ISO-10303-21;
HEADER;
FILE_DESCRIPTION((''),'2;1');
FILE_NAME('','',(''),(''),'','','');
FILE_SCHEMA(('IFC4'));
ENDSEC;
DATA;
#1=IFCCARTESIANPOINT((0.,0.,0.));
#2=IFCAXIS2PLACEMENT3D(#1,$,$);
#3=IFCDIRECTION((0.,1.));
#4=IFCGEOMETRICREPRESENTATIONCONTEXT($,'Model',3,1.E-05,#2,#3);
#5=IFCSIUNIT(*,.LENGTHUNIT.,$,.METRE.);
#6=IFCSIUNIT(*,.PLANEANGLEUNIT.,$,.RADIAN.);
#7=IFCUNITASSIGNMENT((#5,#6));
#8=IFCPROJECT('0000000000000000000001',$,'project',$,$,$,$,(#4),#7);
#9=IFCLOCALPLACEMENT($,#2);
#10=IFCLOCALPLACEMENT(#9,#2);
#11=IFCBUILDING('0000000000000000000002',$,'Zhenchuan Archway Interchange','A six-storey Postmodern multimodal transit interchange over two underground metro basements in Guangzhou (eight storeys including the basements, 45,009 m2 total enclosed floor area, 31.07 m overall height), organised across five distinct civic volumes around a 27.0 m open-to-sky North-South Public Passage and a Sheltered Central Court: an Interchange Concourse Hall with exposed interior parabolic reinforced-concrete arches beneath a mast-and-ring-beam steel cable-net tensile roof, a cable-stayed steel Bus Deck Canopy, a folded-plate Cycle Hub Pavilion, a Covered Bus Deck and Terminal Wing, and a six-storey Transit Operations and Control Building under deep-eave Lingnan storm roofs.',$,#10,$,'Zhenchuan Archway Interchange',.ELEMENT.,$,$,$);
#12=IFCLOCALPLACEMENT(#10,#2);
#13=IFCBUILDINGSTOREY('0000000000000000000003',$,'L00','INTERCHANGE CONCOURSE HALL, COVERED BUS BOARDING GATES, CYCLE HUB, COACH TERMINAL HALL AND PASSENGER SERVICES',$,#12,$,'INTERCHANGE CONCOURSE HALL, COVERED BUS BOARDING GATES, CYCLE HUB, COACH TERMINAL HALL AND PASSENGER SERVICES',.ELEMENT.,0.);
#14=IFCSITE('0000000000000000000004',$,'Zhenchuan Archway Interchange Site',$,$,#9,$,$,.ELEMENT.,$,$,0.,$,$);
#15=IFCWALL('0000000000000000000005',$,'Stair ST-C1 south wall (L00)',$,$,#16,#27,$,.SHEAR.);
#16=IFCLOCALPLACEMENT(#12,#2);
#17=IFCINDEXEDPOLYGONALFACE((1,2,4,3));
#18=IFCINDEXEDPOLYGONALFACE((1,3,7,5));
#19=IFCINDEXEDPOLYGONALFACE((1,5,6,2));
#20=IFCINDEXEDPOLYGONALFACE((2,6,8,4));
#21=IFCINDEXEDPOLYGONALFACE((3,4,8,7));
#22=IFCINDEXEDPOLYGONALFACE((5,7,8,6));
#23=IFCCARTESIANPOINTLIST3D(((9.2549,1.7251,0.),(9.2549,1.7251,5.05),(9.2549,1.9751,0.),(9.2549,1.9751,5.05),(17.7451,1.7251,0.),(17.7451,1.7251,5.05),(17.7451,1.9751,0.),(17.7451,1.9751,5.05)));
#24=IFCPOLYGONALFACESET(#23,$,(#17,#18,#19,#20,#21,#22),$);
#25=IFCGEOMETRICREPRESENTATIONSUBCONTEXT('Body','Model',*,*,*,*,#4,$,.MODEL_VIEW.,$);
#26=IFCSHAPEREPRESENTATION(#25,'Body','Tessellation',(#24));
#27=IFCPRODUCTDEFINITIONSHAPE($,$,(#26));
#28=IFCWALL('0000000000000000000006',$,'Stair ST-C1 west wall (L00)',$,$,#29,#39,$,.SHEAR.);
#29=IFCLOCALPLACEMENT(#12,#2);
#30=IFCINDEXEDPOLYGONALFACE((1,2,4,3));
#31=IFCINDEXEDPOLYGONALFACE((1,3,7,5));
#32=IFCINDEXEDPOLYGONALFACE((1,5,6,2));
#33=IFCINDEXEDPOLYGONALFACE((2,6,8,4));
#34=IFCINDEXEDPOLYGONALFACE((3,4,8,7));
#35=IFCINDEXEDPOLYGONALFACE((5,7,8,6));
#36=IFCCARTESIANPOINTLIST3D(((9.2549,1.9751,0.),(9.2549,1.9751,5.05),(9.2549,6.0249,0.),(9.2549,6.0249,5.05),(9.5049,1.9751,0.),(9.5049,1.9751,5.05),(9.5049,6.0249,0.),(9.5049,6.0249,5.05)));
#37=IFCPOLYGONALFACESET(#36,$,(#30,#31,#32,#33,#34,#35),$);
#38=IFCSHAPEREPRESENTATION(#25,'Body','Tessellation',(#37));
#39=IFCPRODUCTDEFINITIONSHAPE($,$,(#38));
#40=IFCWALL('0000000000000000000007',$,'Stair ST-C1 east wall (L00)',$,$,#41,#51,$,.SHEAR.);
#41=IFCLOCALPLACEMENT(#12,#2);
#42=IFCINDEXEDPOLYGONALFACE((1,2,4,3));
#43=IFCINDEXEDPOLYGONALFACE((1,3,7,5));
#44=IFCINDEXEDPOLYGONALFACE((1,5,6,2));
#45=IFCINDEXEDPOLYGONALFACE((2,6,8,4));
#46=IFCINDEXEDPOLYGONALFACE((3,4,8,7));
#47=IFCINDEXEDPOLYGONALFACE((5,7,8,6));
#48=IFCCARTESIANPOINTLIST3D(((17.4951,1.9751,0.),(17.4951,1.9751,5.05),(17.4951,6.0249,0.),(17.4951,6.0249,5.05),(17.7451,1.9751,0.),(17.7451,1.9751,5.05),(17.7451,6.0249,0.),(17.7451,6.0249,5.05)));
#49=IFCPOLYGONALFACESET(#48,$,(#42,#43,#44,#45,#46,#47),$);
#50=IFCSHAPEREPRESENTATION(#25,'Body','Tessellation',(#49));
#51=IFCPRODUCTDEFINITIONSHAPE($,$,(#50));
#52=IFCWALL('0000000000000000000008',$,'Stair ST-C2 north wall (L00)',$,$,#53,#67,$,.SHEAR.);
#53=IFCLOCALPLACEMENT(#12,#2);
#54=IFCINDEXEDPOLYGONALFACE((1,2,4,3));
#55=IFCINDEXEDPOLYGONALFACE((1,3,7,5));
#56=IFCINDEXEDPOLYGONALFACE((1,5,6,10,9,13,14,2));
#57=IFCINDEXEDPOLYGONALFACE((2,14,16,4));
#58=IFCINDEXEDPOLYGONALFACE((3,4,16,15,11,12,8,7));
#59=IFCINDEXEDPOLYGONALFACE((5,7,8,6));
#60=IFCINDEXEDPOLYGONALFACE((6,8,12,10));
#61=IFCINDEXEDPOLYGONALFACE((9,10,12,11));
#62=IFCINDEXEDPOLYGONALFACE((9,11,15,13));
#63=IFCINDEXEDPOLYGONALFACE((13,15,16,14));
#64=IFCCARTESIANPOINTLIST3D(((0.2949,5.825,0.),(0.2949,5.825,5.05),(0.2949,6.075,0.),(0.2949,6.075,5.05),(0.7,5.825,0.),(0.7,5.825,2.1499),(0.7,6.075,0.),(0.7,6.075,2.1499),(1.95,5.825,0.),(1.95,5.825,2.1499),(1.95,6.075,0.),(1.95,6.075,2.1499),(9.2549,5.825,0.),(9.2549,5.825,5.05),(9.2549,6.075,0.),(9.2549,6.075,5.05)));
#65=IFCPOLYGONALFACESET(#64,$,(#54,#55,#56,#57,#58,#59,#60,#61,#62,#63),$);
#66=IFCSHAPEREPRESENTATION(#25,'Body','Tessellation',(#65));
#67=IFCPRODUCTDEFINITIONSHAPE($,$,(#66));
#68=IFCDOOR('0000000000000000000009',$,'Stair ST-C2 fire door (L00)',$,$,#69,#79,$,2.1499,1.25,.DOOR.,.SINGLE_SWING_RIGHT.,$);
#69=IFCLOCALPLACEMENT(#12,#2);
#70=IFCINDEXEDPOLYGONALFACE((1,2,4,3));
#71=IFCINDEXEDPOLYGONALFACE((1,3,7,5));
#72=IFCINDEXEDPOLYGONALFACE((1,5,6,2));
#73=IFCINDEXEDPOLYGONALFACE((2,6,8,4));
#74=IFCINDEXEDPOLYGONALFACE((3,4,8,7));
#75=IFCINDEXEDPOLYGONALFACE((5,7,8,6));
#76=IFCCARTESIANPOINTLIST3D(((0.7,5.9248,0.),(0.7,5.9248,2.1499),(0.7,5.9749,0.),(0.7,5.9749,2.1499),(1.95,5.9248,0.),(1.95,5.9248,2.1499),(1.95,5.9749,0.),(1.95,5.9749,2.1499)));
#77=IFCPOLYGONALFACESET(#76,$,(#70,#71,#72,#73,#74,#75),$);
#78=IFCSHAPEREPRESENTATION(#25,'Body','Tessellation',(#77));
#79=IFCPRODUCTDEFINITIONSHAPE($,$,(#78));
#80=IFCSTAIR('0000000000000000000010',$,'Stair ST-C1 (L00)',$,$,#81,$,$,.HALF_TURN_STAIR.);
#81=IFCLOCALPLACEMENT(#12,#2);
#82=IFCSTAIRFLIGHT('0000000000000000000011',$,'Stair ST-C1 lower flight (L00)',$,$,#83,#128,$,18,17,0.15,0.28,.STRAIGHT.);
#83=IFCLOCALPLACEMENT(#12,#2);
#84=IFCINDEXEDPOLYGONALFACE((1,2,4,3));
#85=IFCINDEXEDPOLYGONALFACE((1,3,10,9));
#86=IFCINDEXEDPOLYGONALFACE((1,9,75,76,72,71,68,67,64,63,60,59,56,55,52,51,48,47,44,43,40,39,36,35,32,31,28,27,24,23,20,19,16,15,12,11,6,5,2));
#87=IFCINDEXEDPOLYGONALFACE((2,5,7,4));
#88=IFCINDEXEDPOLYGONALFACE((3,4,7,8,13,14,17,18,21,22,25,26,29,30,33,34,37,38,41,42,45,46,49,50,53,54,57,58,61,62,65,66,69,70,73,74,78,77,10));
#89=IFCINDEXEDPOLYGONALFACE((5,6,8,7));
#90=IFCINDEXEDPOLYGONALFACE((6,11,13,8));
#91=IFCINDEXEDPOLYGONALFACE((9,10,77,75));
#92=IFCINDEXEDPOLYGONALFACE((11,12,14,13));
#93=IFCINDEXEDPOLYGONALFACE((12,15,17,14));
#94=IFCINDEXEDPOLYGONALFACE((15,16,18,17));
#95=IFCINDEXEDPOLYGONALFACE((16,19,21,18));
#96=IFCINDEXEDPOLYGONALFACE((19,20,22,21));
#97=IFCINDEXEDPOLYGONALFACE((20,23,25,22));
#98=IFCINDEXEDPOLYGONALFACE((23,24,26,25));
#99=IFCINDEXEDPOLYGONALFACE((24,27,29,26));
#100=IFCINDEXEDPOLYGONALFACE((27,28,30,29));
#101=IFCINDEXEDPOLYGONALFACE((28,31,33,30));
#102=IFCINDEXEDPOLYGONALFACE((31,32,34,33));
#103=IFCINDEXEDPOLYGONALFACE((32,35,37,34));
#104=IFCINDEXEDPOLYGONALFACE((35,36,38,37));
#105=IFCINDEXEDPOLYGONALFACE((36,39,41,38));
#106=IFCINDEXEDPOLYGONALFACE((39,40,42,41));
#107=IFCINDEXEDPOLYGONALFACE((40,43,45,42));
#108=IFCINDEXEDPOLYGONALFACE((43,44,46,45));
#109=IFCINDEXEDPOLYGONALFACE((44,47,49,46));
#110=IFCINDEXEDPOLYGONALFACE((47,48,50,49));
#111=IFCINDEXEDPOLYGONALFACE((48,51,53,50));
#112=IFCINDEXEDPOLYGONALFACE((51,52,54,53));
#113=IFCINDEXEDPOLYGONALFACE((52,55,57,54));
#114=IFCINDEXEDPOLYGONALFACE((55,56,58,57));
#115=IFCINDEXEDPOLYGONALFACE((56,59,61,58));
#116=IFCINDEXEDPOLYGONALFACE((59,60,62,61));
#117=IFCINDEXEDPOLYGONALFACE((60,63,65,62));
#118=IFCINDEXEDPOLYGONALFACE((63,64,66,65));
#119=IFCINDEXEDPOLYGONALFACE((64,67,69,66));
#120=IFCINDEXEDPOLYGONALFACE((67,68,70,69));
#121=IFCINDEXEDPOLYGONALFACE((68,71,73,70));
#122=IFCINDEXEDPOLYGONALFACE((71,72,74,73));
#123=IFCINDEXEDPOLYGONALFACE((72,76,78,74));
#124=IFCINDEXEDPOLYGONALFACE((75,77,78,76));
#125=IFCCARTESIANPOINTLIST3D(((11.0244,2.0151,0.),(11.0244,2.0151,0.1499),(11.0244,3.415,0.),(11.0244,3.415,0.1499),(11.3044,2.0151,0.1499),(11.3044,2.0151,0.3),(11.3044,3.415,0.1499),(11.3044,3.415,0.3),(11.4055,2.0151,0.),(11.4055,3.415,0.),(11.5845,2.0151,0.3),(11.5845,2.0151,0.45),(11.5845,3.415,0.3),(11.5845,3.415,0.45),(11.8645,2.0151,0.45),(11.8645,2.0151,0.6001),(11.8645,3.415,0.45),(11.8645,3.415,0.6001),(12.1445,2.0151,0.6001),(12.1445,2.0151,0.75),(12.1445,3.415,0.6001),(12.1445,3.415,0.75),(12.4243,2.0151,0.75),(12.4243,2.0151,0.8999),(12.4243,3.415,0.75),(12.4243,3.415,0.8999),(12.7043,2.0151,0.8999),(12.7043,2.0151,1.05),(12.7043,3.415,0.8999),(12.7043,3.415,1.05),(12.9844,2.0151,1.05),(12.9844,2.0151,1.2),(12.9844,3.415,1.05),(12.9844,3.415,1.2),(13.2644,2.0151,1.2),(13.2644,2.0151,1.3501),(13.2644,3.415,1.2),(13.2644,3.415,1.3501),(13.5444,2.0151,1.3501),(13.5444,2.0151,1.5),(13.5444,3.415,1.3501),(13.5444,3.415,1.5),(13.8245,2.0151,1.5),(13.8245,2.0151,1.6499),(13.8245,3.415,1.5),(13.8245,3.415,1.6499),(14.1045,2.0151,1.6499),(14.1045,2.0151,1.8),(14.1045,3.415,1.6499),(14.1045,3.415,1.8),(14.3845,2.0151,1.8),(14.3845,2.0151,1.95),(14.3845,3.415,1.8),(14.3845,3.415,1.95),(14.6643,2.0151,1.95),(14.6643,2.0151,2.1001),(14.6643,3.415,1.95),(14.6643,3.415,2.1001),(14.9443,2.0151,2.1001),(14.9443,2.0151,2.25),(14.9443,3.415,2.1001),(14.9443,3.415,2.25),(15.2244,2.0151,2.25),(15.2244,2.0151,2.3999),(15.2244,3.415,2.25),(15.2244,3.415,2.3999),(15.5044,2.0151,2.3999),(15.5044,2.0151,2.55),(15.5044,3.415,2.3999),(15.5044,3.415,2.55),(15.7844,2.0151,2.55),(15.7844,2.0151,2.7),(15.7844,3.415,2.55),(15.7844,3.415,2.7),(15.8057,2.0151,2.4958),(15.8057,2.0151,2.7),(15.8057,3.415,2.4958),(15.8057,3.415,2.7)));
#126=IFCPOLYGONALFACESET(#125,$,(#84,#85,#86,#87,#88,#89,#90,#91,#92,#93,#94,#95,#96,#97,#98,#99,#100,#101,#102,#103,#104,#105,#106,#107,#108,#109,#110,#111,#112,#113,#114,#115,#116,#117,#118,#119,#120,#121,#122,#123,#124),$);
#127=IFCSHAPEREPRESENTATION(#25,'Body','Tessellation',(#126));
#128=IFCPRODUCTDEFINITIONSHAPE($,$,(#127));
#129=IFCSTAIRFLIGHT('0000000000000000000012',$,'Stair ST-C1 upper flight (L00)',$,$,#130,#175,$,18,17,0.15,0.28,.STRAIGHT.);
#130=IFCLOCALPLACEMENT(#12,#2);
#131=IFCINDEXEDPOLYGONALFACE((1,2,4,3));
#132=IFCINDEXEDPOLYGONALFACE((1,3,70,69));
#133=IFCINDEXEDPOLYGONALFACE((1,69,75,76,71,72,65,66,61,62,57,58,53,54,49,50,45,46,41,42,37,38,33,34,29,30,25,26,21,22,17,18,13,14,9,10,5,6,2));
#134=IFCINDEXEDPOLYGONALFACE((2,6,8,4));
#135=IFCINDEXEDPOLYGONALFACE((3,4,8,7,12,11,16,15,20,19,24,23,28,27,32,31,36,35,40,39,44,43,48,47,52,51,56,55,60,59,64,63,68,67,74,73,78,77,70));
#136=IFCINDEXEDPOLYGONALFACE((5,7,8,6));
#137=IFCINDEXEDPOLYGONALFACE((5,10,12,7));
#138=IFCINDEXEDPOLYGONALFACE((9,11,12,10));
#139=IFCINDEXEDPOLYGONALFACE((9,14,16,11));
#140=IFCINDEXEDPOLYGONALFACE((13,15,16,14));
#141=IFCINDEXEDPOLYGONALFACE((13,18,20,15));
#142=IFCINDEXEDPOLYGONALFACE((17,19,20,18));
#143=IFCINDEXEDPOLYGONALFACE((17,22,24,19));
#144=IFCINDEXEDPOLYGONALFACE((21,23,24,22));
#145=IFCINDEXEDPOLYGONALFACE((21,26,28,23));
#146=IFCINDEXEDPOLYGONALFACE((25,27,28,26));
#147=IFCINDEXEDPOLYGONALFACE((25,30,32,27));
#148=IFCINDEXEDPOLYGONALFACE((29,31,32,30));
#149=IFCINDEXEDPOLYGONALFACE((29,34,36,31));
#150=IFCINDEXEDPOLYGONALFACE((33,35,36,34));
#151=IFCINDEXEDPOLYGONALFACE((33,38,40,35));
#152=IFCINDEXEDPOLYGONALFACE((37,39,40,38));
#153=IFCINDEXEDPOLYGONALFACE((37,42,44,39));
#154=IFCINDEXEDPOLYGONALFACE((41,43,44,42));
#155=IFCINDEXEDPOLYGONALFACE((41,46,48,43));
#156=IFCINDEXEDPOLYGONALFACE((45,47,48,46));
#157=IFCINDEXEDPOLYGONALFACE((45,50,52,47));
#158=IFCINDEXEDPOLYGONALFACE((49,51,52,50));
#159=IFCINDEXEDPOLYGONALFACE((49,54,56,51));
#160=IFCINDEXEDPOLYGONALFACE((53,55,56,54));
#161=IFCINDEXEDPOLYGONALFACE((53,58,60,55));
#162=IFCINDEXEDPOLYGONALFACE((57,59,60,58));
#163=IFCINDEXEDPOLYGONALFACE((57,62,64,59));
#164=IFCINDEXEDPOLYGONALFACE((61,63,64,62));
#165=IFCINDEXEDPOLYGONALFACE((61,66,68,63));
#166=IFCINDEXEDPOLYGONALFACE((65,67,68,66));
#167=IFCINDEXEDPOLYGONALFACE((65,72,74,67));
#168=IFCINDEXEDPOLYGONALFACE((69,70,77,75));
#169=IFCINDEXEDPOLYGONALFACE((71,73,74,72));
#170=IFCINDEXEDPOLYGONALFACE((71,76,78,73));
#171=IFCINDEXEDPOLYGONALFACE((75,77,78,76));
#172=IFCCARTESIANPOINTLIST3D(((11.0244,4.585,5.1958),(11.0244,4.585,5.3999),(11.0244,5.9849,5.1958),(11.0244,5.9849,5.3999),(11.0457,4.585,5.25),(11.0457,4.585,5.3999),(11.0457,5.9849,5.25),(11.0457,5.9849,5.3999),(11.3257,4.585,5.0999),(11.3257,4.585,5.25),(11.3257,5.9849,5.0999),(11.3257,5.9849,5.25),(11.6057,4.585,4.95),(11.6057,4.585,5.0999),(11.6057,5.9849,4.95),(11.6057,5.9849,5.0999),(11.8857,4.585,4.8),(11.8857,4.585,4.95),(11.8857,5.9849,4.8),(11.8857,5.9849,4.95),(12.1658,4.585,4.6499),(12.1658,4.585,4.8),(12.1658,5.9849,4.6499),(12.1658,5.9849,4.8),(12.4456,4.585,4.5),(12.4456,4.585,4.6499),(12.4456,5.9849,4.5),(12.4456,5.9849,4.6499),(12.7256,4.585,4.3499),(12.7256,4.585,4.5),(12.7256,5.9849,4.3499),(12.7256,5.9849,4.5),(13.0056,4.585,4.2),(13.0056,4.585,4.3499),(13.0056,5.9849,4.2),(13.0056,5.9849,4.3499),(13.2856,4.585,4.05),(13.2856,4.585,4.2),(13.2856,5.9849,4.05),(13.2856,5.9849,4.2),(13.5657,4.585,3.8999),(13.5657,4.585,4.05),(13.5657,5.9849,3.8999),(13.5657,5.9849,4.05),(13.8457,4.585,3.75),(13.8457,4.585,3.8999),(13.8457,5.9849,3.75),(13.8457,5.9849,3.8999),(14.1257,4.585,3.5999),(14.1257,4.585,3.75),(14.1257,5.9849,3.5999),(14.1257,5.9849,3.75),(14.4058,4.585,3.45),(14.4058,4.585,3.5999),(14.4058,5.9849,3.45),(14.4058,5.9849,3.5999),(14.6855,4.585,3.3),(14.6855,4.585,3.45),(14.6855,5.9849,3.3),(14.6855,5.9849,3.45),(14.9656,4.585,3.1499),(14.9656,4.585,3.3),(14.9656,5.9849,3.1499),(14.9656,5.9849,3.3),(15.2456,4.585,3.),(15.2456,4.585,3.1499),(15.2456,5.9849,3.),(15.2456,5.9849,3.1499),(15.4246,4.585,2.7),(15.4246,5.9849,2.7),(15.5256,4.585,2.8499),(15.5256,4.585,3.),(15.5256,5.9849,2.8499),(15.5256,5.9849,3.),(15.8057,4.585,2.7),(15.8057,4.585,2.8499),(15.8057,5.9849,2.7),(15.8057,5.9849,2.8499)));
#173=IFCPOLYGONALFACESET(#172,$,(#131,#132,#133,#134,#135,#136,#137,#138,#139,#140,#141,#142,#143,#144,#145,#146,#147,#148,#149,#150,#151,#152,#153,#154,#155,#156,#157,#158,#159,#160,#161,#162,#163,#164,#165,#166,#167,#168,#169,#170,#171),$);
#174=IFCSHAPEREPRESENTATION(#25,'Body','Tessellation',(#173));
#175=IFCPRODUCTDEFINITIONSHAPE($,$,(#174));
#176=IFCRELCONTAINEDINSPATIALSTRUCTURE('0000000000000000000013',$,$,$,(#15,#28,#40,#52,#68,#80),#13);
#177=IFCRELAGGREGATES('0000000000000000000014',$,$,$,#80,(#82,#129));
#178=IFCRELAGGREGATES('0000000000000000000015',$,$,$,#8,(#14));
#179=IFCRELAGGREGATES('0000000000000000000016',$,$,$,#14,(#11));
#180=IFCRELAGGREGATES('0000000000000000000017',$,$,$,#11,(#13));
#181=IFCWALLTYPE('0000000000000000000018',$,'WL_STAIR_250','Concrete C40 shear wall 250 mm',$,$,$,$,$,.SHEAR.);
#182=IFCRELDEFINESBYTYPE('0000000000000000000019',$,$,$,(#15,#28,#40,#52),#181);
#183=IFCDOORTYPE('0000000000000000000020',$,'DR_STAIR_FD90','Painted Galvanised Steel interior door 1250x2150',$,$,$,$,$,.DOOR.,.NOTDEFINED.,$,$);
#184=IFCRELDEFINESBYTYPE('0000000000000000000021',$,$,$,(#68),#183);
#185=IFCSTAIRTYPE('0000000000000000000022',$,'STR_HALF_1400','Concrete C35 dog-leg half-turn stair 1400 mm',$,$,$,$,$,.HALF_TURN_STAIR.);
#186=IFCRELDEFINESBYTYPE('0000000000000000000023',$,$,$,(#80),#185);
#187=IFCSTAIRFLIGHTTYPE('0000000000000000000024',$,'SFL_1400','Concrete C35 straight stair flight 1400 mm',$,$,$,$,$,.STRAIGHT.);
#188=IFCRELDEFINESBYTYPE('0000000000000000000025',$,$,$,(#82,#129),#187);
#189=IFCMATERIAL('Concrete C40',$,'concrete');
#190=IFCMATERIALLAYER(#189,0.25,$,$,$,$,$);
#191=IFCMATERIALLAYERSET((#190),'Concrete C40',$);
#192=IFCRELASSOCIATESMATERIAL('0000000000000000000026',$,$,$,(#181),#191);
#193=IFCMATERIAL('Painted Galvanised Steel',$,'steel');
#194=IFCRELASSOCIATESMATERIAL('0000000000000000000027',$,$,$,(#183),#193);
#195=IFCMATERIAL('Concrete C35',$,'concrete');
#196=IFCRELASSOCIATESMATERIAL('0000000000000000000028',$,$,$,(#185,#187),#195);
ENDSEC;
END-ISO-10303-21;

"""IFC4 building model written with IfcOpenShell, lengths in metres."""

from ifc_helpers import new_model, si_unit, direction, frame, frame_2d, origin, place, context, subcontext, project, spatial, polyline, rectangle, outline, extrude, material, layer, layer_set, type_object, element, fill, aggregate, save


model = new_model("IFC4")

# Units and contexts
model_context = context("Model", 3, precision=1e-05, world=origin(), true_north=direction((0.0, 1.0)))
body_context = subcontext(model_context, "Body", "Model", "MODEL_VIEW")
ifc_project = project(units=[si_unit("LENGTHUNIT", "METRE"), si_unit("PLANEANGLEUNIT", "RADIAN")], contexts=[model_context])

# Site, building, storey
site_placement = place(None, origin())
site = spatial("IfcSite", under=ifc_project, at=site_placement, Name="Zhenchuan Archway Interchange Site", CompositionType="ELEMENT", RefElevation=0.0)
building_placement = place(site_placement, origin())
building = spatial("IfcBuilding", under=site, at=building_placement, Name="Zhenchuan Archway Interchange", Description="A six-storey Postmodern multimodal transit interchange over two underground metro basements in Guangzhou (eight storeys including the basements, 45,009 m2 total enclosed floor area, 31.07 m overall height), organised across five distinct civic volumes around a 27.0 m open-to-sky North-South Public Passage and a Sheltered Central Court: an Interchange Concourse Hall with exposed interior parabolic reinforced-concrete arches beneath a mast-and-ring-beam steel cable-net tensile roof, a cable-stayed steel Bus Deck Canopy, a folded-plate Cycle Hub Pavilion, a Covered Bus Deck and Terminal Wing, and a six-storey Transit Operations and Control Building under deep-eave Lingnan storm roofs.", LongName="Zhenchuan Archway Interchange", CompositionType="ELEMENT")
storey_placement = place(building_placement, origin())
storey = spatial("IfcBuildingStorey", under=building, at=storey_placement, Name="L00", Description="INTERCHANGE CONCOURSE HALL, COVERED BUS BOARDING GATES, CYCLE HUB, COACH TERMINAL HALL AND PASSENGER SERVICES", LongName="INTERCHANGE CONCOURSE HALL, COVERED BUS BOARDING GATES, CYCLE HUB, COACH TERMINAL HALL AND PASSENGER SERVICES", CompositionType="ELEMENT", Elevation=0.0)

# Shared definitions
ifc_material_1 = material(Name="Concrete C40", Category="concrete")

# Walls
ifc_layer_1 = layer(ifc_material_1, 0.25)
ifc_layer_set_1 = layer_set([ifc_layer_1], Name="Concrete C40")
wall_type_1 = type_object("IfcWallType", Name="WL_STAIR_250", Description="Concrete C40 shear wall 250 mm", PredefinedType="SHEAR", material=ifc_layer_set_1)
wall_1_placement = place(storey_placement, frame((9.2549, 1.8501, 0.0), z_axis=(0.0, 0.0, 1.0), x_axis=(1.0, 0.0, 0.0)))
element("IfcWall", 1, at=wall_1_placement, inside=storey, type_object=wall_type_1, Name="Stair ST-C1 south wall (L00)", PredefinedType="SHEAR", context=body_context, shape_type="SweptSolid", body=[
    extrude(rectangle(XDim=8.4902, YDim=0.25, at=frame_2d((4.2451, 0.0))), origin(), (0.0, 0.0, 1.0), 5.05),
])
for number, where, z_axis, x_axis, name in (
    (2, (9.3799, 6.0249, 0.0), (0.0, 0.0, 1.0), (0.0, -1.0, 0.0), "Stair ST-C1 west wall (L00)"),
    (3, (17.6201, 1.9751, 0.0), (0.0, 0.0, 1.0), (0.0, 1.0, 0.0), "Stair ST-C1 east wall (L00)"),
):
    element("IfcWall", number, at=place(storey_placement, frame(where, z_axis=z_axis, x_axis=x_axis)), inside=storey, type_object=wall_type_1, Name=name, PredefinedType="SHEAR", context=body_context, shape_type="SweptSolid", body=[
        extrude(rectangle(XDim=4.0498, YDim=0.25, at=frame_2d((2.0249, 0.0))), origin(), (0.0, 0.0, 1.0), 5.05),
    ])

# Wall, opening, door
wall_2_placement = place(storey_placement, frame((9.2549, 5.95, 0.0), z_axis=(0.0, 0.0, 1.0), x_axis=(-1.0, 0.0, 0.0)))
wall_2 = element("IfcWall", 4, at=wall_2_placement, inside=storey, type_object=wall_type_1, Name="Stair ST-C2 north wall (L00)", PredefinedType="SHEAR", context=body_context, shape_type="SweptSolid", body=[
    extrude(rectangle(XDim=8.96, YDim=0.25, at=frame_2d((4.48, 0.0))), origin(), (0.0, 0.0, 1.0), 5.05),
])
opening_1_placement = place(wall_2_placement, frame((7.3049, 0.0, 0.0)))
opening_1 = element("IfcOpeningElement", 5, at=opening_1_placement, cuts=wall_2, PredefinedType="OPENING", context=body_context, shape_type="SweptSolid", body=[
    extrude(rectangle(XDim=1.25, YDim=2.1499, at=frame_2d((0.625, 1.075))), frame((0.0, 0.137, 0.0), z_axis=(0.0, -1.0, 0.0), x_axis=(1.0, 0.0, 0.0)), (0.0, 0.0, 1.0), 0.2739),
])
ifc_material_2 = material(Name="Painted Galvanised Steel", Category="steel")
door_type = type_object("IfcDoorType", Name="DR_STAIR_FD90", Description="Painted Galvanised Steel interior door 1250x2150", OperationType="NOTDEFINED", PredefinedType="DOOR", material=ifc_material_2)
door_placement = place(opening_1_placement, frame((1.25, 0.0, 0.0), z_axis=(0.0, 0.0, 1.0), x_axis=(-1.0, 0.0, 0.0)))
door = element("IfcDoor", 6, at=door_placement, inside=storey, type_object=door_type, Name="Stair ST-C2 fire door (L00)", OperationType="SINGLE_SWING_RIGHT", OverallHeight=2.1499, OverallWidth=1.25, PredefinedType="DOOR", context=body_context, shape_type="SweptSolid", body=[
    extrude(rectangle(XDim=1.25, YDim=2.1499, at=frame_2d((0.625, 1.075))), frame((0.0, 0.0249, 0.0), z_axis=(0.0, -1.0, 0.0), x_axis=(1.0, 0.0, 0.0)), (0.0, 0.0, 1.0), 0.05),
])
fill(opening_1, door)

# Stair, stair flights
ifc_material_3 = material(Name="Concrete C35", Category="concrete")
stair_type = type_object("IfcStairType", Name="STR_HALF_1400", Description="Concrete C35 dog-leg half-turn stair 1400 mm", PredefinedType="HALF_TURN_STAIR", material=ifc_material_3)
stair_placement = place(storey_placement, origin())
stair = element("IfcStair", 7, at=stair_placement, inside=storey, type_object=stair_type, Name="Stair ST-C1 (L00)", PredefinedType="HALF_TURN_STAIR")
stair_flight_type = type_object("IfcStairFlightType", Name="SFL_1400", Description="Concrete C35 straight stair flight 1400 mm", PredefinedType="STRAIGHT", material=ifc_material_3)
stair_flight_1_placement = place(storey_placement, frame((11.0244, 2.7151, 0.0), z_axis=(0.0, 0.0, 1.0), x_axis=(1.0, 0.0, 0.0)))
stair_flight_1 = element("IfcStairFlight", 8, at=stair_flight_1_placement, type_object=stair_flight_type, Name="Stair ST-C1 lower flight (L00)", NumberOfRisers=18, NumberOfTreads=17, PredefinedType="STRAIGHT", RiserHeight=0.15, TreadLength=0.28, context=body_context, shape_type="SweptSolid", body=[
    extrude(outline(polyline([(0.0, 0.0), (0.0, 0.1499), (0.28, 0.1499), (0.28, 0.3), (0.5601, 0.3), (0.5601, 0.45), (0.8401, 0.45), (0.8401, 0.6001), (1.1201, 0.6001), (1.1201, 0.75), (1.3999, 0.75), (1.3999, 0.8999), (1.6799, 0.8999), (1.6799, 1.05), (1.96, 1.05), (1.96, 1.2), (2.24, 1.2), (2.24, 1.3501), (2.52, 1.3501), (2.52, 1.5), (2.8, 1.5), (2.8, 1.6499), (3.0801, 1.6499), (3.0801, 1.8), (3.3601, 1.8), (3.3601, 1.95), (3.6399, 1.95), (3.6399, 2.1001), (3.9199, 2.1001), (3.9199, 2.25), (4.2, 2.25), (4.2, 2.3999), (4.48, 2.3999), (4.48, 2.55), (4.76, 2.55), (4.76, 2.7), (4.7812, 2.7), (4.7812, 2.4958), (0.3811, 0.0), (0.0, 0.0)])), frame((0.0, 0.7, 0.0), z_axis=(0.0, -1.0, 0.0), x_axis=(1.0, 0.0, 0.0)), (0.0, 0.0, 1.0), 1.3999),
])
stair_flight_2_placement = place(storey_placement, frame((15.8057, 5.2849, 2.7), z_axis=(0.0, 0.0, 1.0), x_axis=(-1.0, 0.0, 0.0)))
stair_flight_2 = element("IfcStairFlight", 9, at=stair_flight_2_placement, type_object=stair_flight_type, Name="Stair ST-C1 upper flight (L00)", NumberOfRisers=18, NumberOfTreads=17, PredefinedType="STRAIGHT", RiserHeight=0.15, TreadLength=0.28, context=body_context, shape_type="SweptSolid", body=[
    extrude(outline(polyline([(0.0, 0.0), (0.0, 0.1499), (0.28, 0.1499), (0.28, 0.3), (0.5601, 0.3), (0.5601, 0.45), (0.8401, 0.45), (0.8401, 0.6001), (1.1201, 0.6001), (1.1201, 0.75), (1.3999, 0.75), (1.3999, 0.8999), (1.6799, 0.8999), (1.6799, 1.05), (1.96, 1.05), (1.96, 1.2), (2.24, 1.2), (2.24, 1.3501), (2.52, 1.3501), (2.52, 1.5), (2.8, 1.5), (2.8, 1.6499), (3.0801, 1.6499), (3.0801, 1.8), (3.3601, 1.8), (3.3601, 1.95), (3.6399, 1.95), (3.6399, 2.1001), (3.9199, 2.1001), (3.9199, 2.25), (4.2, 2.25), (4.2, 2.3999), (4.48, 2.3999), (4.48, 2.55), (4.76, 2.55), (4.76, 2.7), (4.7812, 2.7), (4.7812, 2.4958), (0.3811, 0.0), (0.0, 0.0)])), frame((0.0, 0.7, 0.0), z_axis=(0.0, -1.0, 0.0), x_axis=(1.0, 0.0, 0.0)), (0.0, 0.0, 1.0), 1.3999),
])
aggregate(stair, [stair_flight_1, stair_flight_2])

save(model, "model.ifc")
